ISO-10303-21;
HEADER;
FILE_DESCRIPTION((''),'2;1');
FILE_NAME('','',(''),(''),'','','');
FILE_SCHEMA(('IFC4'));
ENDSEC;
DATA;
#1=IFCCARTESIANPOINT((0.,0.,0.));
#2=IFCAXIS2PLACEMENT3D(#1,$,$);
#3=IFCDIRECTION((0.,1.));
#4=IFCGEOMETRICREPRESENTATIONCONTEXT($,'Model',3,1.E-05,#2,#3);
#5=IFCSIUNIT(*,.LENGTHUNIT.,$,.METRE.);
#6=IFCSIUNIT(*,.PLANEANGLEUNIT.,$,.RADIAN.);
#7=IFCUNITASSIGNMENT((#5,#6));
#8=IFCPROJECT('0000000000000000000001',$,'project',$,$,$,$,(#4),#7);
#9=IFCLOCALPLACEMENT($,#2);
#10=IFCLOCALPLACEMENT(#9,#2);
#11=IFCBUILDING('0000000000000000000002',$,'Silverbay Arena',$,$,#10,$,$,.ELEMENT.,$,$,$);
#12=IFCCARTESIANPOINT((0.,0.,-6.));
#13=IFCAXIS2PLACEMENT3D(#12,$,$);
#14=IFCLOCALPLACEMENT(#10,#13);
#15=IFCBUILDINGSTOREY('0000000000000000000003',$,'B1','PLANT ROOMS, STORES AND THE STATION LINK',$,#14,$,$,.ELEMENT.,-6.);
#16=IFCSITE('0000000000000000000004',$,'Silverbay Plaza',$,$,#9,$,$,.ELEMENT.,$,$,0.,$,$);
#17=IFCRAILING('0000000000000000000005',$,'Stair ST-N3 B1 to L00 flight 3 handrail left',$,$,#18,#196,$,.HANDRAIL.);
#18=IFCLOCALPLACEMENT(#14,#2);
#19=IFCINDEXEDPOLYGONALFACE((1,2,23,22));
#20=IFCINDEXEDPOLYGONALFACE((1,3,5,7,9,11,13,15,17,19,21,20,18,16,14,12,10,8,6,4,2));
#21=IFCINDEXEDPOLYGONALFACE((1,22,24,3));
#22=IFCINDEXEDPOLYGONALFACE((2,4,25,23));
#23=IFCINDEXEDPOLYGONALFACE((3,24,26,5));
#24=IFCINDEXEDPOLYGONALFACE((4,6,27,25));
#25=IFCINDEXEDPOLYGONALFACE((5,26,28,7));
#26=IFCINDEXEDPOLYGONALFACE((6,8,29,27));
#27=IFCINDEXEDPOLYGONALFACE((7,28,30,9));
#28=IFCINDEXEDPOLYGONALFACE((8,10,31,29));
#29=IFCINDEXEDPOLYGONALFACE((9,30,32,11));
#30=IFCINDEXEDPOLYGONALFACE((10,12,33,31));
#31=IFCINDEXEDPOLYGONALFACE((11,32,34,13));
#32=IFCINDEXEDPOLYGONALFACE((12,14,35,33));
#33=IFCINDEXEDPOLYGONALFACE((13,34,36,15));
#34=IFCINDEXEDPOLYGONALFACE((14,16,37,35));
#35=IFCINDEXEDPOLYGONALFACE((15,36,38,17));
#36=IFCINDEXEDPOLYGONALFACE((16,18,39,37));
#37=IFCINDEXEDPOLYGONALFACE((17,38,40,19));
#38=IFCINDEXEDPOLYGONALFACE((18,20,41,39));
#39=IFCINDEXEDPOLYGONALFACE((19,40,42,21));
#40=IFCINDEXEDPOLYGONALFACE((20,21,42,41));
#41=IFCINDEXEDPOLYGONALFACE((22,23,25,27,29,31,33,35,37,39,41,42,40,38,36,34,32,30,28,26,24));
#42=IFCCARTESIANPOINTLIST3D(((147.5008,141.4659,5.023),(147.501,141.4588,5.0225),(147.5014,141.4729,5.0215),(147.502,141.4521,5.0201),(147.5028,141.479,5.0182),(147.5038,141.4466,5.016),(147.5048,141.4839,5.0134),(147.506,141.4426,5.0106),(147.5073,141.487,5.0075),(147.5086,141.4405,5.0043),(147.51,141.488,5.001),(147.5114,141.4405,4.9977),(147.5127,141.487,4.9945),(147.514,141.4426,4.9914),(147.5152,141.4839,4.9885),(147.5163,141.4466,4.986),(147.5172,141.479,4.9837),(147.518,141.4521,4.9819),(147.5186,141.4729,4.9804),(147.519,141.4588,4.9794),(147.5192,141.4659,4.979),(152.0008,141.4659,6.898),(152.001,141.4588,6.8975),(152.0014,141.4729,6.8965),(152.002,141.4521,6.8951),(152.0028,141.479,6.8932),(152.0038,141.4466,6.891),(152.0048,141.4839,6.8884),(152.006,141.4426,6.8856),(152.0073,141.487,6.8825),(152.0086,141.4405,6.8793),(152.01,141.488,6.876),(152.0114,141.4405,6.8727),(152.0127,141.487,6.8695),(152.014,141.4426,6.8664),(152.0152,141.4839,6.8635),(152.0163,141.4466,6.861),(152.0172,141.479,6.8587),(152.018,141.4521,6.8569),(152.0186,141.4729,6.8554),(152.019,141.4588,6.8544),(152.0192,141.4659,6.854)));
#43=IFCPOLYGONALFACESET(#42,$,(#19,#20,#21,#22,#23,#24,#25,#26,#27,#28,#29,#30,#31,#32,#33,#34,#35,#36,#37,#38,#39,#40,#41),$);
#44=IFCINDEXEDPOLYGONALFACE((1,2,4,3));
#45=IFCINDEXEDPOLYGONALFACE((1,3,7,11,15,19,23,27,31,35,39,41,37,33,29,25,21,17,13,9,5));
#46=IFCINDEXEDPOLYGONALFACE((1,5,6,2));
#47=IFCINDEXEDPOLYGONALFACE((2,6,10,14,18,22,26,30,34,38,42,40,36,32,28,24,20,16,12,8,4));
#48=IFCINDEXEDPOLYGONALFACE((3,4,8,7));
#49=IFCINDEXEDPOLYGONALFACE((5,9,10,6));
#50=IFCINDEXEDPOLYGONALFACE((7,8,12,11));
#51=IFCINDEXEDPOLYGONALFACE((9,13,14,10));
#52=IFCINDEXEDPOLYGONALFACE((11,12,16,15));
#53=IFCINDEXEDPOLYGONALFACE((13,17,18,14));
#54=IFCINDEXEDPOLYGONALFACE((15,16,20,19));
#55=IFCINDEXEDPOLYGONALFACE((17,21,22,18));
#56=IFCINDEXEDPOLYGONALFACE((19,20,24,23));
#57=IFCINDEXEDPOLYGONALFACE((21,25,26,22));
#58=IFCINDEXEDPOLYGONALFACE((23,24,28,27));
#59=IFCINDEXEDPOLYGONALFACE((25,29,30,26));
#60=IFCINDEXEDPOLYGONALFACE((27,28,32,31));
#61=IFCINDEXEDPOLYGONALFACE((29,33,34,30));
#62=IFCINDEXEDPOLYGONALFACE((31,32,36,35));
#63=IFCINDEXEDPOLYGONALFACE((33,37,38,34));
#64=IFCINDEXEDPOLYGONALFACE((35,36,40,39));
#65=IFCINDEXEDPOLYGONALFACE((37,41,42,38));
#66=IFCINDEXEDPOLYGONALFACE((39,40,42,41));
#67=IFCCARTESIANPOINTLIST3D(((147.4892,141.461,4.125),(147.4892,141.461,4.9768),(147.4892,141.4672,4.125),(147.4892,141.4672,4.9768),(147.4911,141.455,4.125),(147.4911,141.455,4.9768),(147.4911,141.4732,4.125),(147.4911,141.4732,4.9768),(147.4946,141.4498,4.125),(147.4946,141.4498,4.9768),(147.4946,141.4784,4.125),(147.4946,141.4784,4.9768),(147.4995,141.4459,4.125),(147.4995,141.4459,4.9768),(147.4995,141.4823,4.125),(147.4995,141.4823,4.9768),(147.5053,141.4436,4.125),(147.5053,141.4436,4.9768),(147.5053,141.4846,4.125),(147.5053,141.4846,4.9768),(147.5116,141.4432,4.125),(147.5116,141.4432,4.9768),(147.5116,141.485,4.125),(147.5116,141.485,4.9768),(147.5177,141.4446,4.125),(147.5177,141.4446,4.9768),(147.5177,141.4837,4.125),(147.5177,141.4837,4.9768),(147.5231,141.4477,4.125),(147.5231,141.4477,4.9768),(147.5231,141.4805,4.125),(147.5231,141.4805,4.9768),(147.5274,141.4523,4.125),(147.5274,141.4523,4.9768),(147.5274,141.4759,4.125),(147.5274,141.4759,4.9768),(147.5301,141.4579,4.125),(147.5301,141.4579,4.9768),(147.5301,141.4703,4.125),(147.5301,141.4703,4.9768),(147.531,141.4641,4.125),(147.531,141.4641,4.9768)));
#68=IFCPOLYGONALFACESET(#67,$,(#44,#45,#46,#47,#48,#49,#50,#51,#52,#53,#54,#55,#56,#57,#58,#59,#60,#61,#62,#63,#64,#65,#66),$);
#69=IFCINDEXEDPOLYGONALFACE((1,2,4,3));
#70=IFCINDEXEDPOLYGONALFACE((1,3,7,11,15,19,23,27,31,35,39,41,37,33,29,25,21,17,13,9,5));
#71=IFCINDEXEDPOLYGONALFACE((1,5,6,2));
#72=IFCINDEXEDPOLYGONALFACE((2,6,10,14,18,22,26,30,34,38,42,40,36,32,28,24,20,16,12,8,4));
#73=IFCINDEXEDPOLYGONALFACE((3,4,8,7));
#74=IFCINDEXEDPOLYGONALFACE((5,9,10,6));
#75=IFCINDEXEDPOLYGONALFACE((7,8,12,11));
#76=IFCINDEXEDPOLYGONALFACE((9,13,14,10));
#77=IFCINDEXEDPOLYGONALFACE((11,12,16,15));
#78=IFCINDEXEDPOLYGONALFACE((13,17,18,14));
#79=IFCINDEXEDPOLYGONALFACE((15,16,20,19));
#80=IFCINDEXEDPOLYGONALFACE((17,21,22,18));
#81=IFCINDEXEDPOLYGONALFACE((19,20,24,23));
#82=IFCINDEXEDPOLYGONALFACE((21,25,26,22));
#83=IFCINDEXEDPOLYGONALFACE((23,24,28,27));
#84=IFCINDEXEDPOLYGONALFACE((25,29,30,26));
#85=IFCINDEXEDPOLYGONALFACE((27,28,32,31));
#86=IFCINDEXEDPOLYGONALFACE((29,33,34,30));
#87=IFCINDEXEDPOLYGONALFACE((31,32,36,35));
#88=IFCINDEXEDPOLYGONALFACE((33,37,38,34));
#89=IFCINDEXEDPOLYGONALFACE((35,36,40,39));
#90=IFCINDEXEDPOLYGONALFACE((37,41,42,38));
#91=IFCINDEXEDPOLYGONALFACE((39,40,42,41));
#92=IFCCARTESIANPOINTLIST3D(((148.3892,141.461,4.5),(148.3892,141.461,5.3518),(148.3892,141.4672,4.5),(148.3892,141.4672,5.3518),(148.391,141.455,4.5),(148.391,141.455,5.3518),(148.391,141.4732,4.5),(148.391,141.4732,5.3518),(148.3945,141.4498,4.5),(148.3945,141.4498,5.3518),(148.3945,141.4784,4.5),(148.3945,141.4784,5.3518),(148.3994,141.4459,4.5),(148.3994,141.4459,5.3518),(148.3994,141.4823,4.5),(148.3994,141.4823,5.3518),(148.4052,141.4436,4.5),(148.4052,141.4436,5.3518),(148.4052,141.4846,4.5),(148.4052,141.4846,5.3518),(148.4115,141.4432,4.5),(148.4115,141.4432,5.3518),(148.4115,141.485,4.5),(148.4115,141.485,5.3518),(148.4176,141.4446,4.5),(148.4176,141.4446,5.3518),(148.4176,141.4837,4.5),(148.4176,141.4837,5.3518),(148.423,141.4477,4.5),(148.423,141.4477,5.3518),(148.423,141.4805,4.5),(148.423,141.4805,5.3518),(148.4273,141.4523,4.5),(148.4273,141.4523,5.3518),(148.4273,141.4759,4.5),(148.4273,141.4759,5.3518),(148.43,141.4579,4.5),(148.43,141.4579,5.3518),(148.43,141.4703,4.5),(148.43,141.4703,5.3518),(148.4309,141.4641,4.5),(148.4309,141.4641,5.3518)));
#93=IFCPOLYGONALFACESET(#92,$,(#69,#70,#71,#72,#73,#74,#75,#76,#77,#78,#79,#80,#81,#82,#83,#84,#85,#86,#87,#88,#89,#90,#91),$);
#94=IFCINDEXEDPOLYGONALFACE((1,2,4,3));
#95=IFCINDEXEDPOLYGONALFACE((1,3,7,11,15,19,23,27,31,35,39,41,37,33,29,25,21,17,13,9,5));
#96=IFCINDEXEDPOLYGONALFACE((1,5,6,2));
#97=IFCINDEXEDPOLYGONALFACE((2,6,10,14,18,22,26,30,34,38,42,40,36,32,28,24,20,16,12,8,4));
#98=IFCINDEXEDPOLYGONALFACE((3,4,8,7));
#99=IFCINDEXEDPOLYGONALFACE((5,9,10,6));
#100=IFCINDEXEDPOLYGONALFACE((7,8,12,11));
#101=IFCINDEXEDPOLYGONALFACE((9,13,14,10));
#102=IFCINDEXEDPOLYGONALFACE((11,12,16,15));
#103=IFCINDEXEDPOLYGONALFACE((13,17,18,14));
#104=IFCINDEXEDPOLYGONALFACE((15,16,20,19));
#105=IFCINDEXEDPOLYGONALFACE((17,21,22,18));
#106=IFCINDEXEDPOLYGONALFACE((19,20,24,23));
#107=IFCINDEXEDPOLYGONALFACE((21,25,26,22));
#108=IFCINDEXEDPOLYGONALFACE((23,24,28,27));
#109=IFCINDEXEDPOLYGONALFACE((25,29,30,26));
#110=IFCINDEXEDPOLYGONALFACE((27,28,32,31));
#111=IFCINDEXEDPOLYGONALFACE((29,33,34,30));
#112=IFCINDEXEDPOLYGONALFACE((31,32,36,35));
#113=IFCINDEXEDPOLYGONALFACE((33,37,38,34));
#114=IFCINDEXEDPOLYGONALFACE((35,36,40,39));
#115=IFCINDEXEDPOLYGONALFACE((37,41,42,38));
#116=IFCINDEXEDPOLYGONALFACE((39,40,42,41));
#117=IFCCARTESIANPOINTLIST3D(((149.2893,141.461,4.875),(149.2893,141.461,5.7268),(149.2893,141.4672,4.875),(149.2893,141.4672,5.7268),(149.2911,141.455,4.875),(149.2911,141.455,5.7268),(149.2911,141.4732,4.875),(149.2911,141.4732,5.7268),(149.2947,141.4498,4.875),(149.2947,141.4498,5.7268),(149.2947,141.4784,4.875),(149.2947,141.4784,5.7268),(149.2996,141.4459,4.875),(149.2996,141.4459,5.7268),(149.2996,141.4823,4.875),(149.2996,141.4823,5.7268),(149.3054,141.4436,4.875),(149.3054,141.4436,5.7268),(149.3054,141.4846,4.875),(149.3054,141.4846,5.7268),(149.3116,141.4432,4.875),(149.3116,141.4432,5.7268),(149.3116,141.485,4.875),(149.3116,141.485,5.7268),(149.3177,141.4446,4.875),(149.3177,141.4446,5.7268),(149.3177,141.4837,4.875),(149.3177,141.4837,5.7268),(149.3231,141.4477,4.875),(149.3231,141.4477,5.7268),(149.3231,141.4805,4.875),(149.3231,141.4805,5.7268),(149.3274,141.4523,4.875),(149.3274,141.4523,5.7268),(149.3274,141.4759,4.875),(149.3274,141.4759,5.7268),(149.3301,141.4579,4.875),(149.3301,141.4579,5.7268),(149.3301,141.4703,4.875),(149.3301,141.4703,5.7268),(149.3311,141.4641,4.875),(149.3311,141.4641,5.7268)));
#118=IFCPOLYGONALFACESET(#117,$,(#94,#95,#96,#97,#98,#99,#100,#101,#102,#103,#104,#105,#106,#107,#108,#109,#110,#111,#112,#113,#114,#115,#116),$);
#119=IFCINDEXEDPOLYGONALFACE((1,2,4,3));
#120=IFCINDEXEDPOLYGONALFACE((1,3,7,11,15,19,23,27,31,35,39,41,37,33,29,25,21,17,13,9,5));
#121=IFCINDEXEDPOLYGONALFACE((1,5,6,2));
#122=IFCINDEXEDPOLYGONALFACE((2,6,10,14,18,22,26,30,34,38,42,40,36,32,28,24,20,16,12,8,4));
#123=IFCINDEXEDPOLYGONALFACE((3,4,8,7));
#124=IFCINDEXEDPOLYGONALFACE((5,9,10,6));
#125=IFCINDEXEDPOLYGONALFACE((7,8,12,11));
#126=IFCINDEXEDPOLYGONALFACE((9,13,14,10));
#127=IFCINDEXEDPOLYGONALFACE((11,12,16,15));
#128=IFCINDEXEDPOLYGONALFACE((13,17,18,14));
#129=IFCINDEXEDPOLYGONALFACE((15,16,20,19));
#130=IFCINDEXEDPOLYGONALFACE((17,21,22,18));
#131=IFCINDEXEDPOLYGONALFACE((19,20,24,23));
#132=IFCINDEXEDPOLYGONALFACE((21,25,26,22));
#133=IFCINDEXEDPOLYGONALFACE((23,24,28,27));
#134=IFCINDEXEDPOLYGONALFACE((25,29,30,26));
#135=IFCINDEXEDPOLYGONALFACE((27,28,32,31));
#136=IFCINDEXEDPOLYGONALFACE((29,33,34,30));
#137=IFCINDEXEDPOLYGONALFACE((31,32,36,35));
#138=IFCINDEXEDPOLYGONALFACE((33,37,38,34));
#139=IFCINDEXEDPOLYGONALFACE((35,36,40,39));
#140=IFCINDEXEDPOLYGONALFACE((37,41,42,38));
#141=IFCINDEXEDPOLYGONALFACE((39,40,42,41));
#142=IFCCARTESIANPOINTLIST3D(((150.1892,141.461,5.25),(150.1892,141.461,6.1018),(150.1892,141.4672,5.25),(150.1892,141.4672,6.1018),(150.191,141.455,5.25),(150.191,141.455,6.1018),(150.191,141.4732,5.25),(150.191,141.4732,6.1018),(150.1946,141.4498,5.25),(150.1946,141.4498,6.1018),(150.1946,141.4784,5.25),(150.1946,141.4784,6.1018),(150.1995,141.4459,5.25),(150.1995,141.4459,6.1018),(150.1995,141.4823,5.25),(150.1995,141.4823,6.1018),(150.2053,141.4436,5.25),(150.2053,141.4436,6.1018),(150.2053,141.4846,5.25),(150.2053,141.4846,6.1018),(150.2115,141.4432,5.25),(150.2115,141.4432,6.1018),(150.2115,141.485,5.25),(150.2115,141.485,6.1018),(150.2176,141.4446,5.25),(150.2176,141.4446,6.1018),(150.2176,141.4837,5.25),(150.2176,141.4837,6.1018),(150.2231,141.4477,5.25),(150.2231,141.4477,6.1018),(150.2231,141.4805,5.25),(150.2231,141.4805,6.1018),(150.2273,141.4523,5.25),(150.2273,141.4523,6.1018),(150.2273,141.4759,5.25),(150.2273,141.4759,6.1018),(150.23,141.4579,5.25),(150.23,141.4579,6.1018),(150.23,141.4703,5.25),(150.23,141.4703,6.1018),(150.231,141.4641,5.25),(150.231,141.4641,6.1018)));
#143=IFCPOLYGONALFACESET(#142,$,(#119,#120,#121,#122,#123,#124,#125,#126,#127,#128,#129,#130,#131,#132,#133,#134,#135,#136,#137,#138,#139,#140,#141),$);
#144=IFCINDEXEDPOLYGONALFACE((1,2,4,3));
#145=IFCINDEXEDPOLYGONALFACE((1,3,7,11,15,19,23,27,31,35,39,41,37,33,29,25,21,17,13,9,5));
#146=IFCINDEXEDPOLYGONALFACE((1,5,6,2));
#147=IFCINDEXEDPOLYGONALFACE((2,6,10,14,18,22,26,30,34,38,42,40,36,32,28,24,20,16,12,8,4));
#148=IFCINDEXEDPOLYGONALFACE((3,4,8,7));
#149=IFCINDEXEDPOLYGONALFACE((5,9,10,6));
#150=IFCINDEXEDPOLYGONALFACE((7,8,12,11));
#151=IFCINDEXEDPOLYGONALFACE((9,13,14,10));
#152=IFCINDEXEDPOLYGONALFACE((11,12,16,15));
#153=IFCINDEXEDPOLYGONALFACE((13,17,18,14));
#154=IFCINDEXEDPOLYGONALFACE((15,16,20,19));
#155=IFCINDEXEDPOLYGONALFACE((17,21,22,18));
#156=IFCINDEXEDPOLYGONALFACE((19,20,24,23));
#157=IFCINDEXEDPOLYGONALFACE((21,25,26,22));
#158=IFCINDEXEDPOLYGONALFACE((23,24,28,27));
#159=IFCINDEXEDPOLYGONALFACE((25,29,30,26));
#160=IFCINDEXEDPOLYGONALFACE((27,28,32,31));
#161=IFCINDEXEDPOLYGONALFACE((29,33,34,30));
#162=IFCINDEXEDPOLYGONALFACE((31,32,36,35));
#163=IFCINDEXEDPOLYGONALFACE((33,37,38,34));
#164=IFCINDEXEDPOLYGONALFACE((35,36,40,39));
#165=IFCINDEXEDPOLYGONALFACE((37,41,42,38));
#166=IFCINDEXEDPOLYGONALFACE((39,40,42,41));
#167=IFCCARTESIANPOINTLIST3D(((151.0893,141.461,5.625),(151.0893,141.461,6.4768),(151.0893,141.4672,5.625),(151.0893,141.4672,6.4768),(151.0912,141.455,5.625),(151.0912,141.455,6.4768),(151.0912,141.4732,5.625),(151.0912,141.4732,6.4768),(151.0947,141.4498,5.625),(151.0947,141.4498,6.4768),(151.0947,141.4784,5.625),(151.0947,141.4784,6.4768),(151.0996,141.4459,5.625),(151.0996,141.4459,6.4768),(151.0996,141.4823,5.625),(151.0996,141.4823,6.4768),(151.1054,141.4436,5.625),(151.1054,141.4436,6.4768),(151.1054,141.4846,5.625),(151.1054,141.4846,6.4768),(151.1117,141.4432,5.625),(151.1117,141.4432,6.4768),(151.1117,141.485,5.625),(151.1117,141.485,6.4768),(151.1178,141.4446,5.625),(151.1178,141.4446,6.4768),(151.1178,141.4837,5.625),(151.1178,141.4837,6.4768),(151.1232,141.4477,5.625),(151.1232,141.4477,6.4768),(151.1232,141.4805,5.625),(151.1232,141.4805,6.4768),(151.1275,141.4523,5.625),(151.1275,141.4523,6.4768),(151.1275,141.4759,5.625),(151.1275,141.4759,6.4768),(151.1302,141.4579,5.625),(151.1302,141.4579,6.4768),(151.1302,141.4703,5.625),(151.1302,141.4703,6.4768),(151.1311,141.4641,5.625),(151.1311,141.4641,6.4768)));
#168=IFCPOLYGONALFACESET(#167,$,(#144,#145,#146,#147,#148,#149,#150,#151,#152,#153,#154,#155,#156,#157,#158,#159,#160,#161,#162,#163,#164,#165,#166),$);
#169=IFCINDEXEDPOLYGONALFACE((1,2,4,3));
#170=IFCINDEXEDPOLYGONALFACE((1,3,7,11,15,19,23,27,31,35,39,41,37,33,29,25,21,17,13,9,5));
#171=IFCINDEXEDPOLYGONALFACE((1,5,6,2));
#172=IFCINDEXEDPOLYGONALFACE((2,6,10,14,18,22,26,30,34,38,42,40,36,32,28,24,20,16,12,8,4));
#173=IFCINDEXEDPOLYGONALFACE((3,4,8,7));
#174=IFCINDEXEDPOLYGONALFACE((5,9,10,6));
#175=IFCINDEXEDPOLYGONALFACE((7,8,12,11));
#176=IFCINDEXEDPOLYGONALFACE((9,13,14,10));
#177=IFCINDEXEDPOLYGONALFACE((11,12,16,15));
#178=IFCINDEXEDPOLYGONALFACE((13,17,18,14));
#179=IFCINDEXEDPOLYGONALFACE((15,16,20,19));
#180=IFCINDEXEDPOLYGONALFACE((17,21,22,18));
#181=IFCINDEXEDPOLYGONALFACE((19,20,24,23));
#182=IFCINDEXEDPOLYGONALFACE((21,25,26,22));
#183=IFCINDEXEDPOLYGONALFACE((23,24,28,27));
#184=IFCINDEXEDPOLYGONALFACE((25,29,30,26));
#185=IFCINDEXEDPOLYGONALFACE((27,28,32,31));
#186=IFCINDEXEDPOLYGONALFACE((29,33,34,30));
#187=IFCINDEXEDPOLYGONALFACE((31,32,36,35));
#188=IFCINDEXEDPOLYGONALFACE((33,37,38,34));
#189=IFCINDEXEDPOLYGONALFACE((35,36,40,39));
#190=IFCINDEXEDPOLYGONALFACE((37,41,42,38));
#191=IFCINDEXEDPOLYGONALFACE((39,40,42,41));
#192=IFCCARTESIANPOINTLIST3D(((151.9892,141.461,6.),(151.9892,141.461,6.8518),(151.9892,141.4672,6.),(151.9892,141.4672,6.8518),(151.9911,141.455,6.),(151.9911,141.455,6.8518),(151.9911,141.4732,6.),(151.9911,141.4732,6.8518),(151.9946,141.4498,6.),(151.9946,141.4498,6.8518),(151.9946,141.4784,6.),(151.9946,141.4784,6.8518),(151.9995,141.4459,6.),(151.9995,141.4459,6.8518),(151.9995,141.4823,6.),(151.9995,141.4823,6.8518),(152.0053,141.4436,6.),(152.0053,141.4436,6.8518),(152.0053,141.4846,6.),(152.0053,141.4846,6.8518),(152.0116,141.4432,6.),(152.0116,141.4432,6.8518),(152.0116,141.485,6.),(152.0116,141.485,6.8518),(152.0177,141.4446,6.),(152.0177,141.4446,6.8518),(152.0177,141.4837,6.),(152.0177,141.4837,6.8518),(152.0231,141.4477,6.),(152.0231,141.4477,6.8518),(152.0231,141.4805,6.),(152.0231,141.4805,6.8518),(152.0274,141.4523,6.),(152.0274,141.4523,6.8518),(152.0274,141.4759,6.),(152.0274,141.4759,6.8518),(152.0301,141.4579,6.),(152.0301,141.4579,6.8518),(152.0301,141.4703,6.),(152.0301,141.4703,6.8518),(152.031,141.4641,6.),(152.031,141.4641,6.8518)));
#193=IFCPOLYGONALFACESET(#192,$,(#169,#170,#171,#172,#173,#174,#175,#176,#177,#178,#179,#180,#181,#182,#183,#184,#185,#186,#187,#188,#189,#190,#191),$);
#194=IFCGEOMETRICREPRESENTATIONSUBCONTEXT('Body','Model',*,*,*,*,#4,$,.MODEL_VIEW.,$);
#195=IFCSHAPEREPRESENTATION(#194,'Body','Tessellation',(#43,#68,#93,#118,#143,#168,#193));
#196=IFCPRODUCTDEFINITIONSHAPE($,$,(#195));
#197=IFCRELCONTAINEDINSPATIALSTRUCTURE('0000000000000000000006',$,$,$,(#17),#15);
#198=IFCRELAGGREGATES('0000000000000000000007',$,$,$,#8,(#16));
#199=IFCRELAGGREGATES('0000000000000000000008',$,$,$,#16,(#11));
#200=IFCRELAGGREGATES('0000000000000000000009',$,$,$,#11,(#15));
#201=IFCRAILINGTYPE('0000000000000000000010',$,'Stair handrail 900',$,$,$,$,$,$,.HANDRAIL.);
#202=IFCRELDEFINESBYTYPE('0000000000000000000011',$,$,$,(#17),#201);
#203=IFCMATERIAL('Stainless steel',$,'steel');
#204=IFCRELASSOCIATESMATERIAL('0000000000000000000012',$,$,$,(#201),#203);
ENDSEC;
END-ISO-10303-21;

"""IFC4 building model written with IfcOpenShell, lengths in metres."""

from ifc_helpers import new_model, si_unit, direction, frame, origin, origin_2d, place, context, subcontext, project, spatial, circle, extrude, material, type_object, element, save


model = new_model("IFC4")

# Units and contexts
model_context = context("Model", 3, precision=1e-05, world=origin(), true_north=direction((0.0, 1.0)))
body_context = subcontext(model_context, "Body", "Model", "MODEL_VIEW")
ifc_project = project(units=[si_unit("LENGTHUNIT", "METRE"), si_unit("PLANEANGLEUNIT", "RADIAN")], contexts=[model_context])

# Site, building, storey
site_placement = place(None, origin())
site = spatial("IfcSite", under=ifc_project, at=site_placement, Name="Silverbay Plaza", CompositionType="ELEMENT", RefElevation=0.0)
building_placement = place(site_placement, origin())
building = spatial("IfcBuilding", under=site, at=building_placement, Name="Silverbay Arena", CompositionType="ELEMENT")
storey_placement = place(building_placement, frame((0.0, 0.0, -6.0)))
storey = spatial("IfcBuildingStorey", under=building, at=storey_placement, Name="B1", Description="PLANT ROOMS, STORES AND THE STATION LINK", CompositionType="ELEMENT", Elevation=-6.0)

# Railing
ifc_material_1 = material(Name="Stainless steel", Category="steel")
railing_type_1 = type_object("IfcRailingType", Name="Stair handrail 900", PredefinedType="HANDRAIL", material=ifc_material_1)
for number, where, name in (
    (1, (147.51, 141.4641, 4.125), "Stair ST-N3 B1 to L00 flight 3 handrail left"),
):
    element("IfcRailing", number, at=place(storey_placement, frame(where)), inside=storey, type_object=railing_type_1, Name=name, PredefinedType="HANDRAIL", context=body_context, shape_type="SweptSolid", body=[
        extrude(circle(Radius=0.0239, at=origin_2d()), frame((0.0, 0.0, 0.876), z_axis=(0.923077, 0.0, 0.384615), x_axis=(0.0, 1.0, 0.0)), (0.0, 0.0, 1.0), 4.875),
        extrude(circle(Radius=0.021, at=origin_2d()), origin(), (0.0, 0.0, 1.0), 0.8518),
        extrude(circle(Radius=0.021, at=origin_2d()), frame((0.8999, 0.0, 0.375)), (0.0, 0.0, 1.0), 0.8518),
        extrude(circle(Radius=0.021, at=origin_2d()), frame((1.8, 0.0, 0.75)), (0.0, 0.0, 1.0), 0.8518),
        extrude(circle(Radius=0.021, at=origin_2d()), frame((2.7, 0.0, 1.125)), (0.0, 0.0, 1.0), 0.8518),
        extrude(circle(Radius=0.021, at=origin_2d()), frame((3.6001, 0.0, 1.5)), (0.0, 0.0, 1.0), 0.8518),
        extrude(circle(Radius=0.021, at=origin_2d()), frame((4.5, 0.0, 1.875)), (0.0, 0.0, 1.0), 0.8518),
    ])

save(model, "model.ifc")
